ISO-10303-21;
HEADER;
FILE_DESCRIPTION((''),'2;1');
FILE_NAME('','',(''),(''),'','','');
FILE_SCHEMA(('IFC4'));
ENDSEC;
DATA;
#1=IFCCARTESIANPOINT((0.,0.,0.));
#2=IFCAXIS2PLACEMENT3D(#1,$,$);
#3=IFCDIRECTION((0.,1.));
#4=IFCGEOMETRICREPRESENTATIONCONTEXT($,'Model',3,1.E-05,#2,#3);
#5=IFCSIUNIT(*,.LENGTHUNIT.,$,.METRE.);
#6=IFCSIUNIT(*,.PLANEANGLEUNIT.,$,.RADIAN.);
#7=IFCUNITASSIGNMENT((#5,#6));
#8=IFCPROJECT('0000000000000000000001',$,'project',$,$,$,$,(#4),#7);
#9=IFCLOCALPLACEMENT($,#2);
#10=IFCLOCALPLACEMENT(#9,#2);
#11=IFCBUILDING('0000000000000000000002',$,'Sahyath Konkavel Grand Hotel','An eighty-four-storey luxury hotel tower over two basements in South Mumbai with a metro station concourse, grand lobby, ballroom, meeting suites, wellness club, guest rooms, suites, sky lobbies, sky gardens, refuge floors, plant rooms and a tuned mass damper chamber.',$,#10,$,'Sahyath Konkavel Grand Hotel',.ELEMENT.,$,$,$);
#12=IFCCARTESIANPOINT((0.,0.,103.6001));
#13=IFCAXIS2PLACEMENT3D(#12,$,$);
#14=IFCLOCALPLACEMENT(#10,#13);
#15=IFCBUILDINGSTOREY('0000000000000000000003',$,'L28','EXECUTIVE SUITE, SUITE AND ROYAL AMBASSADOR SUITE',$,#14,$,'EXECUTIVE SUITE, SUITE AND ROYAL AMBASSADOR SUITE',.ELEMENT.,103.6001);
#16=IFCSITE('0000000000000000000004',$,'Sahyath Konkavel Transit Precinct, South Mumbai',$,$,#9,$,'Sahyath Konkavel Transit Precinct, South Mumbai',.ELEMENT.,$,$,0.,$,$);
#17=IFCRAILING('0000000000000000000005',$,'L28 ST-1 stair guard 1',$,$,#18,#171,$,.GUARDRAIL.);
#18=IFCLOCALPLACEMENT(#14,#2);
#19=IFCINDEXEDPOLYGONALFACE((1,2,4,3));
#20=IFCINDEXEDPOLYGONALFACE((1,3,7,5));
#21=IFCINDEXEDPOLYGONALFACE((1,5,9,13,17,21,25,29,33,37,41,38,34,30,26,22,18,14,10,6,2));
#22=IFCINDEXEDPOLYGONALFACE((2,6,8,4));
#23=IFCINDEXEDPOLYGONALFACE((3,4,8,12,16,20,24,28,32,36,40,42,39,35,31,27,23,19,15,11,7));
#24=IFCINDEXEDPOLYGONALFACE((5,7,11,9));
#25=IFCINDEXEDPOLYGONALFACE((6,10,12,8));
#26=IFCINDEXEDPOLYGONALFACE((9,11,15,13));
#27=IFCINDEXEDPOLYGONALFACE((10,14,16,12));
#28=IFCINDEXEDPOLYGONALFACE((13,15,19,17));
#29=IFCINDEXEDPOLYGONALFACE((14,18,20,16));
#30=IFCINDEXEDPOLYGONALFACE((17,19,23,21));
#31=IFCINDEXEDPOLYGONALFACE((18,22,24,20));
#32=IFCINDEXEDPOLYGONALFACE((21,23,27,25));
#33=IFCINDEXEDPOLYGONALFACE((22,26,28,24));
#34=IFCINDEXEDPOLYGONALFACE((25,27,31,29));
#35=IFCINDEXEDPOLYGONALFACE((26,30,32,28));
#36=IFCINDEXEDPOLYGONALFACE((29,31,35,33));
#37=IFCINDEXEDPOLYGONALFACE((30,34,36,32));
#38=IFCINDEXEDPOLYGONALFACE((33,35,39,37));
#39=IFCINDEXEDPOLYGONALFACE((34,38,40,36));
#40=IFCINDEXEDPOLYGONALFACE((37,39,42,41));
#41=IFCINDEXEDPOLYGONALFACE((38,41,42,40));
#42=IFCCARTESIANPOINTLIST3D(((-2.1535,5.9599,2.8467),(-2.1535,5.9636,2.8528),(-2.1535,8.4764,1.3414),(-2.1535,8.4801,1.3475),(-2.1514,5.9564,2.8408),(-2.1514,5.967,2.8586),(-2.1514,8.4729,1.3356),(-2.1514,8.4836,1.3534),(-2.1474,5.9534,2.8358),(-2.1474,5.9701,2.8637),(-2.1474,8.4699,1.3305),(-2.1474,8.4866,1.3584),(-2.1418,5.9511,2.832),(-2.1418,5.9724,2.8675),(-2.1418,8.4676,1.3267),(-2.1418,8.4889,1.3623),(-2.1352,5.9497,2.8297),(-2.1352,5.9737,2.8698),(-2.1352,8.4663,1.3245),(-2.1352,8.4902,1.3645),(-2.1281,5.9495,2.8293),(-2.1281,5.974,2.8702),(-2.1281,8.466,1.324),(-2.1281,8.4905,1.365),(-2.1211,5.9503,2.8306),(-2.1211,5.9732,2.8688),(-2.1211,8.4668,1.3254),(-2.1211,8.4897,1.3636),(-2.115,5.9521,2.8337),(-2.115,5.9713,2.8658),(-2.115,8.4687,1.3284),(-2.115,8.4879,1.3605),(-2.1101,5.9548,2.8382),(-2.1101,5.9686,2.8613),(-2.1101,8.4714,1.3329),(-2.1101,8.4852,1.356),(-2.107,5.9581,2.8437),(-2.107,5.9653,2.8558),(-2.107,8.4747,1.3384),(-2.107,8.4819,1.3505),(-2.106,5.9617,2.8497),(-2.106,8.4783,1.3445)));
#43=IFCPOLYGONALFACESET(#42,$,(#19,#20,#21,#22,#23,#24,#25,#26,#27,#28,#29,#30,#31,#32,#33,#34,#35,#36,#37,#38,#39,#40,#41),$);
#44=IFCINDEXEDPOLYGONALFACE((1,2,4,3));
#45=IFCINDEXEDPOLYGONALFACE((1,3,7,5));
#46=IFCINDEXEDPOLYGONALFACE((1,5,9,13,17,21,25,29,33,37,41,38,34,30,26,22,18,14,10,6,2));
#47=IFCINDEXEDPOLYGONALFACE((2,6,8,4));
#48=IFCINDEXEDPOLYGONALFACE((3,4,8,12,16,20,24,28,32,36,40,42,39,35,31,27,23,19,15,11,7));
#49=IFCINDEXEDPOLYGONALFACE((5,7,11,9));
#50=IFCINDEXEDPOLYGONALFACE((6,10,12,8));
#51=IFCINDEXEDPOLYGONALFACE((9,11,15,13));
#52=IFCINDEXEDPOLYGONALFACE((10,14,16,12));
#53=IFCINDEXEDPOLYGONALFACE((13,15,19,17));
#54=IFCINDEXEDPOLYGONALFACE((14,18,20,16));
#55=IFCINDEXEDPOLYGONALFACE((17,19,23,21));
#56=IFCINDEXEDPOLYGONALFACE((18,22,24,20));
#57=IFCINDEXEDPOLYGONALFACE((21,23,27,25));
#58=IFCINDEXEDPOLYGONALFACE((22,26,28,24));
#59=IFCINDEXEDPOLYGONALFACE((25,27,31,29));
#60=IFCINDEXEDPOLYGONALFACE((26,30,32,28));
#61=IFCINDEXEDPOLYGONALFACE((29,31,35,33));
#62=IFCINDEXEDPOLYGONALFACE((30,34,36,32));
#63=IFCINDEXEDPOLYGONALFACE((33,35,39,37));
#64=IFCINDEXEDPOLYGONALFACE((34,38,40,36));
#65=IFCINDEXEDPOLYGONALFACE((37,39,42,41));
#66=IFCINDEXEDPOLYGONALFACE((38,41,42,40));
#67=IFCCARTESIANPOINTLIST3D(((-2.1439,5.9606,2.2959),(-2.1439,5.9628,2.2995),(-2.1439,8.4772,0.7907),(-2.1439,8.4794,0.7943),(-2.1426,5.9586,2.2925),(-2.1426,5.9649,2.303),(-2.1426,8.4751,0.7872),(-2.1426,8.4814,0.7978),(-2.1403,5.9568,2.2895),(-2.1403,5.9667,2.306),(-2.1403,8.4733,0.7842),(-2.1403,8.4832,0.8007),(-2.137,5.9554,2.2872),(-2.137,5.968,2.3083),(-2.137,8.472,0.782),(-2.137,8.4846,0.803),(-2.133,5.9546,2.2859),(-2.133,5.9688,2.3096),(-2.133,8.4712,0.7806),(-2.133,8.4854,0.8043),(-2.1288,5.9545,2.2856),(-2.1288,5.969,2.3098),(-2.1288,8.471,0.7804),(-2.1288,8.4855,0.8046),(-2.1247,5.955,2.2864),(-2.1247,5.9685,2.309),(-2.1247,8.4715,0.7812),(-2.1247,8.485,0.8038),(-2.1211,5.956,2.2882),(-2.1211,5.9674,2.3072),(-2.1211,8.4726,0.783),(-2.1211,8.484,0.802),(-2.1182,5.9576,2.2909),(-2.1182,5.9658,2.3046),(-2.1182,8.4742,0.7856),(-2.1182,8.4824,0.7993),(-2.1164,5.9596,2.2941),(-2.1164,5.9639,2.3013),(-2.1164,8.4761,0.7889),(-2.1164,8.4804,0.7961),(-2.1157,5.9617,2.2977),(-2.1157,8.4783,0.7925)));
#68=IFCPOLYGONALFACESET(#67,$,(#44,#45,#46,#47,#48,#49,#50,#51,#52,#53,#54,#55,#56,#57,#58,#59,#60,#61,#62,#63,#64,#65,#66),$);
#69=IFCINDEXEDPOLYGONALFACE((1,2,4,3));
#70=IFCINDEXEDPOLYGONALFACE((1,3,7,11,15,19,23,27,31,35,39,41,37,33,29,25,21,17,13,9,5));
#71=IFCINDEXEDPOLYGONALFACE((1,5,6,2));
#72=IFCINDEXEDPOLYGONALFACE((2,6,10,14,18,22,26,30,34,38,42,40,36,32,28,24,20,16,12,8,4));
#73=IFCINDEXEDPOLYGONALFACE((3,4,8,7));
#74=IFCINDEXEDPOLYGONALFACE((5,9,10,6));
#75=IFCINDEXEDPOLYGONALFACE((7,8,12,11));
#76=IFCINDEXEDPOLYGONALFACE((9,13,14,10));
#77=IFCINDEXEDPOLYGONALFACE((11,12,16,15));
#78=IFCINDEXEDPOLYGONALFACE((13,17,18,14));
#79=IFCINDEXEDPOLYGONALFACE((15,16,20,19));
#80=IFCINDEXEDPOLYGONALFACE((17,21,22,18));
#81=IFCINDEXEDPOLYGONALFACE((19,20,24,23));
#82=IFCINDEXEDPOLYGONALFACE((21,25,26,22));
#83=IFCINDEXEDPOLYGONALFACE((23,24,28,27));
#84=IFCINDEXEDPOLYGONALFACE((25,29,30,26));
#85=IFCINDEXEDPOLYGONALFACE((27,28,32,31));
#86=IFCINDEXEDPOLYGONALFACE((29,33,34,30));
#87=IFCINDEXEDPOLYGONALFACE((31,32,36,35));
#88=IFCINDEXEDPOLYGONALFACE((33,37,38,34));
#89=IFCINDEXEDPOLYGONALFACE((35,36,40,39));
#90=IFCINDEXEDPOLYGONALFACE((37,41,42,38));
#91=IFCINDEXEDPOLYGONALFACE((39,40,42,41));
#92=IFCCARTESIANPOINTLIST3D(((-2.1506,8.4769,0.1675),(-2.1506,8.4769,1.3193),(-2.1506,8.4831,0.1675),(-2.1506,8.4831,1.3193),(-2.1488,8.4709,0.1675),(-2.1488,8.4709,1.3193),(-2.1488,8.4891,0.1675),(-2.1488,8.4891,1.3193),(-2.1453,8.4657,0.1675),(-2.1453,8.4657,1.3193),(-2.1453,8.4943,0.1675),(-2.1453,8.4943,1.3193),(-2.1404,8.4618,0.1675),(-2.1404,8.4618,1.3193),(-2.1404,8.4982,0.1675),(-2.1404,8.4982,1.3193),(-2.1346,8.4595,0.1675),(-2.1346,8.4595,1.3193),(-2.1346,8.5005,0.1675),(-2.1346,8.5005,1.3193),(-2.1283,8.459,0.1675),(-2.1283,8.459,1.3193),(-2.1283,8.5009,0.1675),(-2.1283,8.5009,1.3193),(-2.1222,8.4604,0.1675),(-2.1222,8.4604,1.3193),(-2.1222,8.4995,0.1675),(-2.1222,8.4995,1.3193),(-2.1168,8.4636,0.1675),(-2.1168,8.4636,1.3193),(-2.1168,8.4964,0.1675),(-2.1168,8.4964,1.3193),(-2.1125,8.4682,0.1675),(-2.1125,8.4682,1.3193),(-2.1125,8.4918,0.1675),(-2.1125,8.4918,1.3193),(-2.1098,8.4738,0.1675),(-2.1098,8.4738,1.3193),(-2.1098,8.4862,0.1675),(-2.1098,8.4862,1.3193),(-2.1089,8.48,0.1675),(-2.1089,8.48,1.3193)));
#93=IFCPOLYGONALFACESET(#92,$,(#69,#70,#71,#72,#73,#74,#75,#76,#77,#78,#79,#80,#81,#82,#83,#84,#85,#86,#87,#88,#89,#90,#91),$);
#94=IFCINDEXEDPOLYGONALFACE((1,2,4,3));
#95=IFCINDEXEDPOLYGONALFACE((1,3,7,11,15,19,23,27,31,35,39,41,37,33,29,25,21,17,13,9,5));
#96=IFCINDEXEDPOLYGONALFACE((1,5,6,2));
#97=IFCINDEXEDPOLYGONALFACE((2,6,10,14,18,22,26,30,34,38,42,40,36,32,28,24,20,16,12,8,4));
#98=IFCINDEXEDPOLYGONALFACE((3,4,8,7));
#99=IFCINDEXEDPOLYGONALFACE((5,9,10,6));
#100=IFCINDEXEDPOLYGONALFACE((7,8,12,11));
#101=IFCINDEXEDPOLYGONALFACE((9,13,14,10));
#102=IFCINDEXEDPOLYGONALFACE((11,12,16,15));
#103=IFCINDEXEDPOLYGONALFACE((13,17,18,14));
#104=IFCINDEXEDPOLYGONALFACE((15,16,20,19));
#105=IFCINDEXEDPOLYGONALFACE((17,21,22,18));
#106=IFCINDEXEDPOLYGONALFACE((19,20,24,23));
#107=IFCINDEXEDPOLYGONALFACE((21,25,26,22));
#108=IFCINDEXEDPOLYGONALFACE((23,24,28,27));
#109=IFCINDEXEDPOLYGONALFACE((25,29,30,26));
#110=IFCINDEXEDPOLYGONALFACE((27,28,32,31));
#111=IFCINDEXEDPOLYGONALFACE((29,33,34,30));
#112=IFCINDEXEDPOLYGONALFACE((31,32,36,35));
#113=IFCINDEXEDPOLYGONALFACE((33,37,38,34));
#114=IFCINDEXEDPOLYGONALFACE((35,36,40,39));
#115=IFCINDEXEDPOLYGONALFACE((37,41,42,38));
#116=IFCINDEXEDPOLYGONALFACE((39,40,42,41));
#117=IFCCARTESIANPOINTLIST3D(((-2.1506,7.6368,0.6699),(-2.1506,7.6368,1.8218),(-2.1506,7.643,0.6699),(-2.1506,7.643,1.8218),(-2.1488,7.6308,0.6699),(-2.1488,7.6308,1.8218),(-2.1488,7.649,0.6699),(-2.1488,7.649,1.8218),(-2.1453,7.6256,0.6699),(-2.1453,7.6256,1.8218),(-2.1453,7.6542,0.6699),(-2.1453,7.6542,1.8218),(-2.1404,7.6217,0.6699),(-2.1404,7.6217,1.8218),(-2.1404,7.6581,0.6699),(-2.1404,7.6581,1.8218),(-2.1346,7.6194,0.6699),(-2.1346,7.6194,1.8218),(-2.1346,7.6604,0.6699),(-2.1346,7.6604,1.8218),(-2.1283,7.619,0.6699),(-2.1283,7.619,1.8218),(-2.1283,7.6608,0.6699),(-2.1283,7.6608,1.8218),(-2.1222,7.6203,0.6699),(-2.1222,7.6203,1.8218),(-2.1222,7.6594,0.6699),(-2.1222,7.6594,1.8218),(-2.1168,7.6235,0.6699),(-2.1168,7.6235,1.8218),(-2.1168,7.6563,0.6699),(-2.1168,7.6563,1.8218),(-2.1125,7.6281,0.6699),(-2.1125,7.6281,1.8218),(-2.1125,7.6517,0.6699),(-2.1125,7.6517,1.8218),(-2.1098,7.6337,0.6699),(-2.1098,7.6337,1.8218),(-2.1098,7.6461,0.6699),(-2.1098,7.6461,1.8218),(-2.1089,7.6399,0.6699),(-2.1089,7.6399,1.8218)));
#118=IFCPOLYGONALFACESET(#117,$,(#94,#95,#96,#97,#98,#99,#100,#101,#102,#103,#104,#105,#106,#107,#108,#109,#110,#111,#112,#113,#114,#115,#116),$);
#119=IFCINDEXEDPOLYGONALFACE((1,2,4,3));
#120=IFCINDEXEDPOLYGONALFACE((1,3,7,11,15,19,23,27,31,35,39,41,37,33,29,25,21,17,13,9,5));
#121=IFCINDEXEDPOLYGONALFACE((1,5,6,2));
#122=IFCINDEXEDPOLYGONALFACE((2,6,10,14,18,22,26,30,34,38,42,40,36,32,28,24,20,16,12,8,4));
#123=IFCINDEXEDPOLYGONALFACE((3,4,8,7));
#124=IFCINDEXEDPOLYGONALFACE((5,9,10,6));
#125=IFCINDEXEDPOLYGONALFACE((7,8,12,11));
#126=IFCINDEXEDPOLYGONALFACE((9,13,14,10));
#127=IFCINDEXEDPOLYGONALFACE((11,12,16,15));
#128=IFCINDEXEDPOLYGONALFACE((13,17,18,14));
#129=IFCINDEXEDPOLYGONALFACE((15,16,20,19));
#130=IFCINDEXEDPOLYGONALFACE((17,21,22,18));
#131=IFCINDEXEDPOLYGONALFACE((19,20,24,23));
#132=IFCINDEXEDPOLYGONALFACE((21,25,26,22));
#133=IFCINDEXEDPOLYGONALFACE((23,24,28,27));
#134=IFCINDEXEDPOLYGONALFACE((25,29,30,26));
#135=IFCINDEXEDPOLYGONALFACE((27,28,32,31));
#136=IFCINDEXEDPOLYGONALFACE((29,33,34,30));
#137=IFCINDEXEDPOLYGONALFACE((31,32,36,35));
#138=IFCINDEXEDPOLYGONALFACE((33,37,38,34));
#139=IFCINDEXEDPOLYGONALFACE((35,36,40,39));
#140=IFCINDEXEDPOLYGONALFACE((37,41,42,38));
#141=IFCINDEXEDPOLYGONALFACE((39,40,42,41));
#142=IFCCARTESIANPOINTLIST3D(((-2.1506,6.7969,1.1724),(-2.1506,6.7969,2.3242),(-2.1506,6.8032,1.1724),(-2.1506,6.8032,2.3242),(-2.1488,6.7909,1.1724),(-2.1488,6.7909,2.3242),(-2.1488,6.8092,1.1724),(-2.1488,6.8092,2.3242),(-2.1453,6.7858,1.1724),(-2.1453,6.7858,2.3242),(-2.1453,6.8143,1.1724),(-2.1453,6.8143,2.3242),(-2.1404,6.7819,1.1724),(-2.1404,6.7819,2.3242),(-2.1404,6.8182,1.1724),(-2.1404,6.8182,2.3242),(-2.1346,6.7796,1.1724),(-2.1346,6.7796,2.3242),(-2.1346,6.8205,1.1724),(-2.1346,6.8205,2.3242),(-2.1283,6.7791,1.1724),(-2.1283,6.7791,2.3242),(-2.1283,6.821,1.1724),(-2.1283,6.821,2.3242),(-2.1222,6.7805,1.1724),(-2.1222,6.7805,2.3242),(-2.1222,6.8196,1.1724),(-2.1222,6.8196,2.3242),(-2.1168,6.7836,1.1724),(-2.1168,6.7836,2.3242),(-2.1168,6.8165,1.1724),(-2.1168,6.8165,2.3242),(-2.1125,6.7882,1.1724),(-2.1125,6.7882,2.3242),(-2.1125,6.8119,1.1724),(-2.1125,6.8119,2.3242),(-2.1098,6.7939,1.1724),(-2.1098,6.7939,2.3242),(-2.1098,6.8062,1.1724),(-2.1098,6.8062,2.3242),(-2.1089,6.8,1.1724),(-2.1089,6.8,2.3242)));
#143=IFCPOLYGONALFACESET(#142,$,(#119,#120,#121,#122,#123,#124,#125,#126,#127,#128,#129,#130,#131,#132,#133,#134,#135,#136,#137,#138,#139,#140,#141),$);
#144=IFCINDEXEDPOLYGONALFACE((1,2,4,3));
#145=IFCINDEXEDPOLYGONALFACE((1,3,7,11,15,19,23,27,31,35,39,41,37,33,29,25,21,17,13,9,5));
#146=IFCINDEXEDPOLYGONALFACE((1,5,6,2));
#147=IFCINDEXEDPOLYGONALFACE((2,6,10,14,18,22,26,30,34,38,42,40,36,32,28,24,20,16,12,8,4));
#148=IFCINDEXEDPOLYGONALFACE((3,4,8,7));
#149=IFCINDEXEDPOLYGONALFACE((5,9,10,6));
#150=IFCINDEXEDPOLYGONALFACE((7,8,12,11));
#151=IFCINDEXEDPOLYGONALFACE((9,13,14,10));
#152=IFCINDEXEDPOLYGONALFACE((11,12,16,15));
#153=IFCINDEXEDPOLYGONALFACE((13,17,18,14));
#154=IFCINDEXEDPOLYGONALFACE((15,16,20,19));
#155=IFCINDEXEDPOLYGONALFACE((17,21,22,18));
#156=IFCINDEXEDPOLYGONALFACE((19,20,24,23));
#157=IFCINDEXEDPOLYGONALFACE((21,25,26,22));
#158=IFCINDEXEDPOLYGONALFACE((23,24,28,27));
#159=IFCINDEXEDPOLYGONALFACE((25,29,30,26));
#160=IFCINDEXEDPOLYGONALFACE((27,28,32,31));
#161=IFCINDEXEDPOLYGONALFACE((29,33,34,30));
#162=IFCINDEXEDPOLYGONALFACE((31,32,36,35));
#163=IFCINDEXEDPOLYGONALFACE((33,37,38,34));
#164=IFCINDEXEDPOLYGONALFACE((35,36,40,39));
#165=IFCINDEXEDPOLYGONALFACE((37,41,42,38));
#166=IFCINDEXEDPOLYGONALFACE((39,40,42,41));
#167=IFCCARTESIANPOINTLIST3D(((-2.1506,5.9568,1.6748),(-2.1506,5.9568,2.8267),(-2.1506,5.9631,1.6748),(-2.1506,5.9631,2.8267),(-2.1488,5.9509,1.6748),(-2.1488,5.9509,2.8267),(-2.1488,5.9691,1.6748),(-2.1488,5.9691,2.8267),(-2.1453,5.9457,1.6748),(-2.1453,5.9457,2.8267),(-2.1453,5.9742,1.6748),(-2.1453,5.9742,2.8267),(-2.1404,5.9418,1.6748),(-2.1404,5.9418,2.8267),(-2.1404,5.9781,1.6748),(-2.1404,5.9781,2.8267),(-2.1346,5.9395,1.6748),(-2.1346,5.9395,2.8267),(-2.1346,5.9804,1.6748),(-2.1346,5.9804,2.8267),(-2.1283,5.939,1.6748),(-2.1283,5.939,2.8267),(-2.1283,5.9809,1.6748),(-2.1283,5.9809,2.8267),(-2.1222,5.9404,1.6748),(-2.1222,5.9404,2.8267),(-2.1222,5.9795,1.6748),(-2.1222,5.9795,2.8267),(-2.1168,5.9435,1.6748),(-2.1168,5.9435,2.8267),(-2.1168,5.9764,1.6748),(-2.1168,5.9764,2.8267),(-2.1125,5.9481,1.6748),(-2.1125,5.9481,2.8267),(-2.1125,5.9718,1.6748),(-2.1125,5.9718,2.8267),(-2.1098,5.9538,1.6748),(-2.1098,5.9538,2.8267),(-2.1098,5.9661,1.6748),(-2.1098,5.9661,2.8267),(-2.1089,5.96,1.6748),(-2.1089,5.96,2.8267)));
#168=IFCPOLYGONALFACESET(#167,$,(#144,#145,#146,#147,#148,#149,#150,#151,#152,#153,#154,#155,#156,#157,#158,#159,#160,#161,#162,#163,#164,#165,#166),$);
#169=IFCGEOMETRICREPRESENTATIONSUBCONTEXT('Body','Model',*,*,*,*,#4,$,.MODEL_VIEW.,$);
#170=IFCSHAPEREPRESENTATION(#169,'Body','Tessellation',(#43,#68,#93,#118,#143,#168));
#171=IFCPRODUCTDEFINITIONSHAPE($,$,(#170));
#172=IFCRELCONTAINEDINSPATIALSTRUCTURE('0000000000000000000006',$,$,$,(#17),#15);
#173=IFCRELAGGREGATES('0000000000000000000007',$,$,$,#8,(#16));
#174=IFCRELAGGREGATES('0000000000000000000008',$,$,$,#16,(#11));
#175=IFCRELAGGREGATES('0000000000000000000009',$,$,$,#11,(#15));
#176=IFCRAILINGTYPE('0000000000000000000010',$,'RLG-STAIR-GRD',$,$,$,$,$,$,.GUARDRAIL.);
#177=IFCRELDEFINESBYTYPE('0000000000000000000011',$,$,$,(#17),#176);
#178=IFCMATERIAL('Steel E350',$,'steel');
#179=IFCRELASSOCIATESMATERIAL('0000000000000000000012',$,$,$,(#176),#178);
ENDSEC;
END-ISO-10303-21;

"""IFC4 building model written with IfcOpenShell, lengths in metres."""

from ifc_helpers import new_model, si_unit, direction, frame, origin, origin_2d, place, context, subcontext, project, spatial, circle, extrude, material, type_object, element, save


model = new_model("IFC4")

# Units and contexts
model_context = context("Model", 3, precision=1e-05, world=origin(), true_north=direction((0.0, 1.0)))
body_context = subcontext(model_context, "Body", "Model", "MODEL_VIEW")
ifc_project = project(units=[si_unit("LENGTHUNIT", "METRE"), si_unit("PLANEANGLEUNIT", "RADIAN")], contexts=[model_context])

# Site, building, storey
site_placement = place(None, origin())
site = spatial("IfcSite", under=ifc_project, at=site_placement, Name="Sahyath Konkavel Transit Precinct, South Mumbai", LongName="Sahyath Konkavel Transit Precinct, South Mumbai", CompositionType="ELEMENT", RefElevation=0.0)
building_placement = place(site_placement, origin())
building = spatial("IfcBuilding", under=site, at=building_placement, Name="Sahyath Konkavel Grand Hotel", Description="An eighty-four-storey luxury hotel tower over two basements in South Mumbai with a metro station concourse, grand lobby, ballroom, meeting suites, wellness club, guest rooms, suites, sky lobbies, sky gardens, refuge floors, plant rooms and a tuned mass damper chamber.", LongName="Sahyath Konkavel Grand Hotel", CompositionType="ELEMENT")
storey_placement = place(building_placement, frame((0.0, 0.0, 103.6001)))
storey = spatial("IfcBuildingStorey", under=building, at=storey_placement, Name="L28", Description="EXECUTIVE SUITE, SUITE AND ROYAL AMBASSADOR SUITE", LongName="EXECUTIVE SUITE, SUITE AND ROYAL AMBASSADOR SUITE", CompositionType="ELEMENT", Elevation=103.6001)

# Shared definitions
ifc_material_1 = material(Name="Steel E350", Category="steel")

# Railing
railing_type_1 = type_object("IfcRailingType", Name="RLG-STAIR-GRD", PredefinedType="GUARDRAIL", material=ifc_material_1)
railing_1_placement = place(storey_placement, frame((-2.1299, 8.48, 0.1675)))
element("IfcRailing", 1, at=railing_1_placement, inside=storey, type_object=railing_type_1, Name="L28 ST-1 stair guard 1", PredefinedType="GUARDRAIL", context=body_context, shape_type="SweptSolid", body=[
    extrude(circle(Radius=0.0239, at=origin_2d()), frame((0.0, -0.0017, 1.177), z_axis=(0.0, -0.858196, 0.513321), x_axis=(1.0, 0.0, 0.0)), (0.0, 0.0, 1.0), 2.9324),
    extrude(circle(Radius=0.0142, at=origin_2d()), frame((0.0, -0.0017, 0.625), z_axis=(0.0, -0.858196, 0.513321), x_axis=(1.0, 0.0, 0.0)), (0.0, 0.0, 1.0), 2.9324),
    extrude(circle(Radius=0.021, at=origin_2d()), origin(), (0.0, 0.0, 1.0), 1.1519),
    extrude(circle(Radius=0.021, at=origin_2d()), frame((0.0, -0.8401, 0.5024)), (0.0, 0.0, 1.0), 1.1519),
    extrude(circle(Radius=0.021, at=origin_2d()), frame((0.0, -1.6799, 1.0049)), (0.0, 0.0, 1.0), 1.1519),
    extrude(circle(Radius=0.021, at=origin_2d()), frame((0.0, -2.52, 1.5073)), (0.0, 0.0, 1.0), 1.1519),
])

save(model, "model.ifc")
